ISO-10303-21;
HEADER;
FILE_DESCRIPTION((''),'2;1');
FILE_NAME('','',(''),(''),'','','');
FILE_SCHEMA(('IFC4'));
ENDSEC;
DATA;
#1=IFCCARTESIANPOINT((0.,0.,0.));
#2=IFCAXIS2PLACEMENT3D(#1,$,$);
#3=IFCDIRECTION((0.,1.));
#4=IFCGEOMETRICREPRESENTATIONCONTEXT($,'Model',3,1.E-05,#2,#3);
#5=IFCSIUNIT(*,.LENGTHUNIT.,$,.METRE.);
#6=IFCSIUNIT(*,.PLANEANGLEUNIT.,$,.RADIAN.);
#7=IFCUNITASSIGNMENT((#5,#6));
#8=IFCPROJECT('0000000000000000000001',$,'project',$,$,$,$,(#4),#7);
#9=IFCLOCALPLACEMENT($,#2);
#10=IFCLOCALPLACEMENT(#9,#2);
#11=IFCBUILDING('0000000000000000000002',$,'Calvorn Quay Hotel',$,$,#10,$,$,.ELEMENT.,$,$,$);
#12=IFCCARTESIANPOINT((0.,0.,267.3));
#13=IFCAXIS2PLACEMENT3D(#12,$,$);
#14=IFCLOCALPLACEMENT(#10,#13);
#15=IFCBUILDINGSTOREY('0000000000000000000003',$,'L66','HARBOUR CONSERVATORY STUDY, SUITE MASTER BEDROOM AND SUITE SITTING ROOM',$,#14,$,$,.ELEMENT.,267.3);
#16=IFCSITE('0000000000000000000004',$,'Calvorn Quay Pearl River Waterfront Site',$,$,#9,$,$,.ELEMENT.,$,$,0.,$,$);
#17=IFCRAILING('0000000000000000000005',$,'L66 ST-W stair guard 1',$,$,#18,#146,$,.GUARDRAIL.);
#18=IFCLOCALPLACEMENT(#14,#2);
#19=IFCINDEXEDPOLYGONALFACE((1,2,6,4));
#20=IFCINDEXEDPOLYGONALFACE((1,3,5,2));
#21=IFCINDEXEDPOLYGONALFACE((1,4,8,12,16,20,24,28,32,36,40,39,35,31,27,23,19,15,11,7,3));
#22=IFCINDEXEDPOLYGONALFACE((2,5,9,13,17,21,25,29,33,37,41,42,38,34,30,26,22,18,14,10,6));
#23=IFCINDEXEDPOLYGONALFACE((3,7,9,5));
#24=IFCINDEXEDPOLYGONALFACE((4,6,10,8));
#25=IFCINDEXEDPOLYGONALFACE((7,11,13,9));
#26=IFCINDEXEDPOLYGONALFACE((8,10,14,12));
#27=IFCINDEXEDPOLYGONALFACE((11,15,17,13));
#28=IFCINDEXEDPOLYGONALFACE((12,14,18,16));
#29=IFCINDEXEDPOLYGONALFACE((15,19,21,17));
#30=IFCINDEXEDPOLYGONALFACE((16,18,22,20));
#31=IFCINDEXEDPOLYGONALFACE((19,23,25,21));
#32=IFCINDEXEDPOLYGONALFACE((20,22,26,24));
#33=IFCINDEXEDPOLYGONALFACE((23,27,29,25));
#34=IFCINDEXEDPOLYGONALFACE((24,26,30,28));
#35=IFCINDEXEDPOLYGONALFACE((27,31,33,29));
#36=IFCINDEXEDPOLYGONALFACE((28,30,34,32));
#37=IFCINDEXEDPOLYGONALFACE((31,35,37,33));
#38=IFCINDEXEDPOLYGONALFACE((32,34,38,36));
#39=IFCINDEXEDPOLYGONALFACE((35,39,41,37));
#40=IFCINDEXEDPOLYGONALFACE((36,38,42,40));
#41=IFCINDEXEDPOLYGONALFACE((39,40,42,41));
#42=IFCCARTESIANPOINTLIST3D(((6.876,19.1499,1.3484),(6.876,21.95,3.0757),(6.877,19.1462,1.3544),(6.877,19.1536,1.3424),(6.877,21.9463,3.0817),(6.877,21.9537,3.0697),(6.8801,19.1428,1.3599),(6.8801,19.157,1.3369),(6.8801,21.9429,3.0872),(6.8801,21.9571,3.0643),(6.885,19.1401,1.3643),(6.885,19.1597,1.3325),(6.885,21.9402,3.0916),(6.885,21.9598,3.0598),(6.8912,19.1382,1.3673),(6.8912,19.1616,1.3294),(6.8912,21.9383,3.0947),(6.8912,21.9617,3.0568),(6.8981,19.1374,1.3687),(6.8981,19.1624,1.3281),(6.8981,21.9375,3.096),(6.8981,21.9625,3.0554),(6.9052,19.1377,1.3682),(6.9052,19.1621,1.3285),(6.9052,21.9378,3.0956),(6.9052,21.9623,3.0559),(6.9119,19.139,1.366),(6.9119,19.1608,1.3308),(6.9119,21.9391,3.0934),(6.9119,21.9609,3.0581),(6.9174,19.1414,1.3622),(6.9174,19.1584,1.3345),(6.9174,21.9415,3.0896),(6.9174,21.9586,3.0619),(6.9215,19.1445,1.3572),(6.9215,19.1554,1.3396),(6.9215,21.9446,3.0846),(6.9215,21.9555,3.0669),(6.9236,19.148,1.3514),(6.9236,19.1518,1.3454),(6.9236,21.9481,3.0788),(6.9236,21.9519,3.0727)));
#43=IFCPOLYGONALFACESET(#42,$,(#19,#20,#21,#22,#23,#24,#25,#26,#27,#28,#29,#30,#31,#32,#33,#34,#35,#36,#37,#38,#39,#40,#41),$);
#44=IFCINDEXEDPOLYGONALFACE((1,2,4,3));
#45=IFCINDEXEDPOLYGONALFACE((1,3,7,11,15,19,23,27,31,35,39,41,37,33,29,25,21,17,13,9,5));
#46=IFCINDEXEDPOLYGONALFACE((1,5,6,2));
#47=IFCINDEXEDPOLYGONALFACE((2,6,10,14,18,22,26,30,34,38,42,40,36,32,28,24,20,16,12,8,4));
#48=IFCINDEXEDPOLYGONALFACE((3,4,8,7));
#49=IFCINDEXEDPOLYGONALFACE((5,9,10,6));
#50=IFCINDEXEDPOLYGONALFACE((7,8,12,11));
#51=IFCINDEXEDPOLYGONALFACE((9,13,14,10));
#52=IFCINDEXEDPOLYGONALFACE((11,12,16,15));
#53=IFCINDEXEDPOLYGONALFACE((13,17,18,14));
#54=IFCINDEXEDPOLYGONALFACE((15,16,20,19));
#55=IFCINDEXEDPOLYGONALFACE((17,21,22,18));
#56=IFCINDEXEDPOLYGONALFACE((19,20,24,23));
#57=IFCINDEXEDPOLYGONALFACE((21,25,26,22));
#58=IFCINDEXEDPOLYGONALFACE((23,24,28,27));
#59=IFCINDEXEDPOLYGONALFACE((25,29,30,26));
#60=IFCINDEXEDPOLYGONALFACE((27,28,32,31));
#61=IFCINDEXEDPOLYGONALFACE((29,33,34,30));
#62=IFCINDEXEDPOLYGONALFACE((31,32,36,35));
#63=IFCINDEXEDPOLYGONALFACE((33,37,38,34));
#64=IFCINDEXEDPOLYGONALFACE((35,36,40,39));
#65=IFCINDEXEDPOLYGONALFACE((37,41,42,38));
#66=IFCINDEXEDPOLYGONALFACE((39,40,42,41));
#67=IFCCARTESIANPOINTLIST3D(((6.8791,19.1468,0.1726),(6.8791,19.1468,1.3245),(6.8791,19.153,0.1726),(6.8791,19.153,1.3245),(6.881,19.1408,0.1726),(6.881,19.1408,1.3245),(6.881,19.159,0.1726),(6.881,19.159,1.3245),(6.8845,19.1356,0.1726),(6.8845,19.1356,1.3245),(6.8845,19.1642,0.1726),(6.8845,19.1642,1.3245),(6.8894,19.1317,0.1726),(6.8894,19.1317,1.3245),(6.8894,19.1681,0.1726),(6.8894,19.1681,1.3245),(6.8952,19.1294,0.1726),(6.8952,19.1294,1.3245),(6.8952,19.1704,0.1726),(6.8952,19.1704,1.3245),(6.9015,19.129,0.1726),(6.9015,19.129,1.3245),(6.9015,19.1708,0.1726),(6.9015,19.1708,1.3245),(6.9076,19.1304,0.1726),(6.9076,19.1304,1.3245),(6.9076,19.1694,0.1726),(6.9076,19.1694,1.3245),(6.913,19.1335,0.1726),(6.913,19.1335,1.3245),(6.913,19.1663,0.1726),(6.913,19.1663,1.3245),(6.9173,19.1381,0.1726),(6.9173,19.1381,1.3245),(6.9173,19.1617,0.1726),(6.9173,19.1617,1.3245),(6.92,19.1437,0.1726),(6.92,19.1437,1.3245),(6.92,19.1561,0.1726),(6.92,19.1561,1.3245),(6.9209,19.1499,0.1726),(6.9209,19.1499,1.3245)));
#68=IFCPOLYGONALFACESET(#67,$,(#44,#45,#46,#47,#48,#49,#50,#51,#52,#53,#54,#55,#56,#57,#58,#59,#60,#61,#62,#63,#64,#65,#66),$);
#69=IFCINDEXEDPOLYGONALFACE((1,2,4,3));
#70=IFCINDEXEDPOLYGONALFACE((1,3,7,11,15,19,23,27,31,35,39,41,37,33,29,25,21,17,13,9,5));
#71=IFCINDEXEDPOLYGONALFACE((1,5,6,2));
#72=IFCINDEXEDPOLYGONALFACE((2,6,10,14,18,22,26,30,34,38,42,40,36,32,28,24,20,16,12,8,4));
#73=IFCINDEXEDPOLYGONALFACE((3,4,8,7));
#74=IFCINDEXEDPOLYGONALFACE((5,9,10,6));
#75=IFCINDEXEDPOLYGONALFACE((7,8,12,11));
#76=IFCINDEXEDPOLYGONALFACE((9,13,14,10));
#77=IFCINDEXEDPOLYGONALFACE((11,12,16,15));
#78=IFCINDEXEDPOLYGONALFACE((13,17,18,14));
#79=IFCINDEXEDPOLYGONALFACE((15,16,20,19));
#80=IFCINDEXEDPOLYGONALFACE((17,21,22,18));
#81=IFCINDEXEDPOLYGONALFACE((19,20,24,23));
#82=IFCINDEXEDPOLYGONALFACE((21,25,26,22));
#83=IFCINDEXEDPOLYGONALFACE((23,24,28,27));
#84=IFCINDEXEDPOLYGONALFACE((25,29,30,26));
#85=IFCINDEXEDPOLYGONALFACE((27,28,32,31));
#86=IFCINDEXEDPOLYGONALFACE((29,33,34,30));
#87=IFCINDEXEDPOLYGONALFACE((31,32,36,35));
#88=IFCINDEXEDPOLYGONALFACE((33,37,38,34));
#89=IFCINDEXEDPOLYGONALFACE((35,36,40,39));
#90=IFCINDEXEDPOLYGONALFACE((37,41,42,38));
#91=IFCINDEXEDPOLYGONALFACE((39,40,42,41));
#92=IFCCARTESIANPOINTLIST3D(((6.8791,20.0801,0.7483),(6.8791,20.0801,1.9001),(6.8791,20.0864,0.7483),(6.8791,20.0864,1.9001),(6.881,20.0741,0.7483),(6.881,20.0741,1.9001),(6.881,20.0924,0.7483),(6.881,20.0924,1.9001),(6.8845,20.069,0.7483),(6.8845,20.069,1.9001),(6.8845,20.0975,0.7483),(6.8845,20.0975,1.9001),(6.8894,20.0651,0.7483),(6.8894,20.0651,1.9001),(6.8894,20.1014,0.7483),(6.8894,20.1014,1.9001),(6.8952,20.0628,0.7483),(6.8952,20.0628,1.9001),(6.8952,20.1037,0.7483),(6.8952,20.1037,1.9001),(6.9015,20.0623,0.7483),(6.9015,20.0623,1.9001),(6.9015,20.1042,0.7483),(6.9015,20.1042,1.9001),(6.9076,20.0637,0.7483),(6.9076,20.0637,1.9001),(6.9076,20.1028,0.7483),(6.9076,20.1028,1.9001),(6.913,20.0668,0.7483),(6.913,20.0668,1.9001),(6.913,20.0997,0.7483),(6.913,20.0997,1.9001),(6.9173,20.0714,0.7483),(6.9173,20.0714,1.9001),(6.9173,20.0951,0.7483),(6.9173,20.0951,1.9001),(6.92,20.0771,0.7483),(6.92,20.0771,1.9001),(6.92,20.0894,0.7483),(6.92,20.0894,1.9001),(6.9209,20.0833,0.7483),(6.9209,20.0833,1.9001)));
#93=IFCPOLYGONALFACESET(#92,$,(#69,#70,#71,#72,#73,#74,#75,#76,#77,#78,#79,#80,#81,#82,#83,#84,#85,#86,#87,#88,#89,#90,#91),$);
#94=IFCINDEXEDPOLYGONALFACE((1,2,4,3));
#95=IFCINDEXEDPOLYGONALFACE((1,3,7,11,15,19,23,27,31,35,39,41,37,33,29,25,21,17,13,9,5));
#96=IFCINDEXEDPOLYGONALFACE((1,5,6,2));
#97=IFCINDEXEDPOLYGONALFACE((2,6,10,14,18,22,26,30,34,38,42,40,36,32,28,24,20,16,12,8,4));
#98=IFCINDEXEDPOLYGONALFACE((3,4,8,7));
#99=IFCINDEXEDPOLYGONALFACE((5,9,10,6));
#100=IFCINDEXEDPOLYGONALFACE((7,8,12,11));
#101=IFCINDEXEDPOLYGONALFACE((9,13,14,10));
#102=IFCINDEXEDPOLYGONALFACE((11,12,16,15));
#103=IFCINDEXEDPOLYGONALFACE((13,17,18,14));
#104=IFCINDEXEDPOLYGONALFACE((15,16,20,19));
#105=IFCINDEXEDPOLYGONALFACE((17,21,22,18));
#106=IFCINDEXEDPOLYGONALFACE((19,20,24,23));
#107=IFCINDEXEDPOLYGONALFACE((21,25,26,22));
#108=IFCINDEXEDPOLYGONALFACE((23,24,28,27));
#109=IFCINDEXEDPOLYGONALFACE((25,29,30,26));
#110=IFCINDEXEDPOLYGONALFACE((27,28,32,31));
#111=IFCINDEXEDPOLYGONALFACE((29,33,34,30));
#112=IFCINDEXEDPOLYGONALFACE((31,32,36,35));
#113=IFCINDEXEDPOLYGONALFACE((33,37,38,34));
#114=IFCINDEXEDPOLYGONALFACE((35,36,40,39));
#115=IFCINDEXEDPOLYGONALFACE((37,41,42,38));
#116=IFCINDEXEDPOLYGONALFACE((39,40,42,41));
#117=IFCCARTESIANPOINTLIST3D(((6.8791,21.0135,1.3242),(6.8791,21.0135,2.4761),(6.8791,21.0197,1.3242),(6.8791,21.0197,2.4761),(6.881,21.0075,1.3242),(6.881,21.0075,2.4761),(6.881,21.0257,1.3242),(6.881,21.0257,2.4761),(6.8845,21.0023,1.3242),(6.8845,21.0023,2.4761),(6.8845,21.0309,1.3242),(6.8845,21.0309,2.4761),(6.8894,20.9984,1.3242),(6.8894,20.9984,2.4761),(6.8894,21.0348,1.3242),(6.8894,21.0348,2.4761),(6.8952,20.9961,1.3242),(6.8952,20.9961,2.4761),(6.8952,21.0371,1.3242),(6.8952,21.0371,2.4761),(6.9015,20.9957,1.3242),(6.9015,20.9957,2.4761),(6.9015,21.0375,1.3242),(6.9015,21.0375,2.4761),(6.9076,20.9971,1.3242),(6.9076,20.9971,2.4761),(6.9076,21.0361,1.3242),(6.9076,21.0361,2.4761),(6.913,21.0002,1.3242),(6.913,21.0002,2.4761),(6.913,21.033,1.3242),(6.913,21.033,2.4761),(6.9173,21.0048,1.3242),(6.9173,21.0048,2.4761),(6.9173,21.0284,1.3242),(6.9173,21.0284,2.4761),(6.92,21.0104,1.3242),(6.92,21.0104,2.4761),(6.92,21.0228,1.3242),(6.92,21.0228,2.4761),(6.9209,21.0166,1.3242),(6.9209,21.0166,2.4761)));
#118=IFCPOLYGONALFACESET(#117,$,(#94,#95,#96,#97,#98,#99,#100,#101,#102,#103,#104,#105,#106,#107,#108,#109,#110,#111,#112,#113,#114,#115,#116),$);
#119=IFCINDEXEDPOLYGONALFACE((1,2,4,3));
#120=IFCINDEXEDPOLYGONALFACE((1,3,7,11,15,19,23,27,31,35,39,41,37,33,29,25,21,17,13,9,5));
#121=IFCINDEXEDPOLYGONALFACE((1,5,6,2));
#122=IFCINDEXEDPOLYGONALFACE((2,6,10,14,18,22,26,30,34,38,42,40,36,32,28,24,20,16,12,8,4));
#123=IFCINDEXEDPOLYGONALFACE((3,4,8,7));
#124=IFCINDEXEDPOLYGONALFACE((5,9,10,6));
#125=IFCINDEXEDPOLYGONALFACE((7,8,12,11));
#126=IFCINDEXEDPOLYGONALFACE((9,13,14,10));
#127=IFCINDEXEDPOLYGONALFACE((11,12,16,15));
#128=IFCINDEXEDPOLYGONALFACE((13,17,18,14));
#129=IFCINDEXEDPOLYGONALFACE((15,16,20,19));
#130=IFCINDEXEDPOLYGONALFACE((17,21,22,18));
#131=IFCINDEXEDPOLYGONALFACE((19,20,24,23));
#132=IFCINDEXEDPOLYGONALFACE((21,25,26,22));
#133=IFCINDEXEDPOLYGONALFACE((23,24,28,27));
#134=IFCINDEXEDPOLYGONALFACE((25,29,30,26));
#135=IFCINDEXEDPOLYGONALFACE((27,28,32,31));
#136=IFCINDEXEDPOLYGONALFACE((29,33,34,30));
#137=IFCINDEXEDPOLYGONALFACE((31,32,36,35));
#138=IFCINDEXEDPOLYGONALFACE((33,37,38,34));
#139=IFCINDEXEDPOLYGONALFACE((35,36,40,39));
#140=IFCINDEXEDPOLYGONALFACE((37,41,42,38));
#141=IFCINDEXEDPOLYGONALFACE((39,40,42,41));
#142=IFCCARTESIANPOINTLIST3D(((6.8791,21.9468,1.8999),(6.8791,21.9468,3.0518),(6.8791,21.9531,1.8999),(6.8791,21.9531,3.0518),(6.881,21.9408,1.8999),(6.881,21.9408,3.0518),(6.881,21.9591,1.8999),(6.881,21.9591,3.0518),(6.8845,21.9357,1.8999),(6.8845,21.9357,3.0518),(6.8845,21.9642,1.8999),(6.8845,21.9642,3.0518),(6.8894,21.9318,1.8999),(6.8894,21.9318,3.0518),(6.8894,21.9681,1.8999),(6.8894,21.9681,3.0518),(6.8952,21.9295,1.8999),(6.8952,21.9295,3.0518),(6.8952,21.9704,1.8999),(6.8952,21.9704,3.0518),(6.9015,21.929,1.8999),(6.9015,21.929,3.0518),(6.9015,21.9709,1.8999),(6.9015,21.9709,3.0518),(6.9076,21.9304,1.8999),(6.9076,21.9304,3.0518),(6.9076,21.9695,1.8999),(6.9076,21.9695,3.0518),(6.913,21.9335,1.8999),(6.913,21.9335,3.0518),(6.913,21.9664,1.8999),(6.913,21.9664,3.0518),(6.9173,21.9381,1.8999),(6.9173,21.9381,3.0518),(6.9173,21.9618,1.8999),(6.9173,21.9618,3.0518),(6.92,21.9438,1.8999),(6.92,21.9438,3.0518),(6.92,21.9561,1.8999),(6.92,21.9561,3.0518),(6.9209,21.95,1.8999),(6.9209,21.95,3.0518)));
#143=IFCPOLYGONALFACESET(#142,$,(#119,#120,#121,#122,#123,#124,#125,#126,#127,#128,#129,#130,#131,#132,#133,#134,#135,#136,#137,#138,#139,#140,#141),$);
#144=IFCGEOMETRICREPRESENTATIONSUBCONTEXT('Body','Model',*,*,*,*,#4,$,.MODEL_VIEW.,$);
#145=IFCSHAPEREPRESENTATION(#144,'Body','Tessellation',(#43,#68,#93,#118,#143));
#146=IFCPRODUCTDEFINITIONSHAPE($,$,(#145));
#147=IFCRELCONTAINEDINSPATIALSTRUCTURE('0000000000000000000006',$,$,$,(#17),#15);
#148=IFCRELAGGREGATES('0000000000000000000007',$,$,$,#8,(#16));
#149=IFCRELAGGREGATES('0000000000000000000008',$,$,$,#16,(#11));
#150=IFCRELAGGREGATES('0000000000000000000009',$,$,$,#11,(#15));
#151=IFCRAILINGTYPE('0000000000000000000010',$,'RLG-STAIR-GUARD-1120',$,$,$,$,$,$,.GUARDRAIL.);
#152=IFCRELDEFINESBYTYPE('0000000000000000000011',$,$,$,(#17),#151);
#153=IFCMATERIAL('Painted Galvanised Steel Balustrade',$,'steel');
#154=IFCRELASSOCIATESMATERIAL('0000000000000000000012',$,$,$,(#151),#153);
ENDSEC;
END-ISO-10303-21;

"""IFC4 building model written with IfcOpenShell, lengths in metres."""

from ifc_helpers import new_model, si_unit, direction, frame, origin, origin_2d, place, context, subcontext, project, spatial, circle, extrude, material, type_object, element, save


model = new_model("IFC4")

# Units and contexts
model_context = context("Model", 3, precision=1e-05, world=origin(), true_north=direction((0.0, 1.0)))
body_context = subcontext(model_context, "Body", "Model", "MODEL_VIEW")
ifc_project = project(units=[si_unit("LENGTHUNIT", "METRE"), si_unit("PLANEANGLEUNIT", "RADIAN")], contexts=[model_context])

# Site, building, storey
site_placement = place(None, origin())
site = spatial("IfcSite", under=ifc_project, at=site_placement, Name="Calvorn Quay Pearl River Waterfront Site", CompositionType="ELEMENT", RefElevation=0.0)
building_placement = place(site_placement, origin())
building = spatial("IfcBuilding", under=site, at=building_placement, Name="Calvorn Quay Hotel", CompositionType="ELEMENT")
storey_placement = place(building_placement, frame((0.0, 0.0, 267.3)))
storey = spatial("IfcBuildingStorey", under=building, at=storey_placement, Name="L66", Description="HARBOUR CONSERVATORY STUDY, SUITE MASTER BEDROOM AND SUITE SITTING ROOM", CompositionType="ELEMENT", Elevation=267.3)

# Railing
ifc_material_1 = material(Name="Painted Galvanised Steel Balustrade", Category="steel")
railing_type_1 = type_object("IfcRailingType", Name="RLG-STAIR-GUARD-1120", PredefinedType="GUARDRAIL", material=ifc_material_1)
railing_1_placement = place(storey_placement, frame((6.8999, 19.1499, 0.1726)))
element("IfcRailing", 1, at=railing_1_placement, inside=storey, type_object=railing_type_1, Name="L66 ST-W stair guard 1", PredefinedType="GUARDRAIL", context=body_context, shape_type="SweptSolid", body=[
    extrude(circle(Radius=0.0239, at=origin_2d()), frame((0.0, 0.0, 1.1758), z_axis=(0.0, 0.85109, 0.52502), x_axis=(-1.0, 0.0, 0.0)), (0.0, 0.0, 1.0), 3.29),
    extrude(circle(Radius=0.021, at=origin_2d()), origin(), (0.0, 0.0, 1.0), 1.1519),
    extrude(circle(Radius=0.021, at=origin_2d()), frame((0.0, 0.9333, 0.5757)), (0.0, 0.0, 1.0), 1.1519),
    extrude(circle(Radius=0.021, at=origin_2d()), frame((0.0, 1.8667, 1.1516)), (0.0, 0.0, 1.0), 1.1519),
    extrude(circle(Radius=0.021, at=origin_2d()), frame((0.0, 2.8, 1.7273)), (0.0, 0.0, 1.0), 1.1519),
])

save(model, "model.ifc")
